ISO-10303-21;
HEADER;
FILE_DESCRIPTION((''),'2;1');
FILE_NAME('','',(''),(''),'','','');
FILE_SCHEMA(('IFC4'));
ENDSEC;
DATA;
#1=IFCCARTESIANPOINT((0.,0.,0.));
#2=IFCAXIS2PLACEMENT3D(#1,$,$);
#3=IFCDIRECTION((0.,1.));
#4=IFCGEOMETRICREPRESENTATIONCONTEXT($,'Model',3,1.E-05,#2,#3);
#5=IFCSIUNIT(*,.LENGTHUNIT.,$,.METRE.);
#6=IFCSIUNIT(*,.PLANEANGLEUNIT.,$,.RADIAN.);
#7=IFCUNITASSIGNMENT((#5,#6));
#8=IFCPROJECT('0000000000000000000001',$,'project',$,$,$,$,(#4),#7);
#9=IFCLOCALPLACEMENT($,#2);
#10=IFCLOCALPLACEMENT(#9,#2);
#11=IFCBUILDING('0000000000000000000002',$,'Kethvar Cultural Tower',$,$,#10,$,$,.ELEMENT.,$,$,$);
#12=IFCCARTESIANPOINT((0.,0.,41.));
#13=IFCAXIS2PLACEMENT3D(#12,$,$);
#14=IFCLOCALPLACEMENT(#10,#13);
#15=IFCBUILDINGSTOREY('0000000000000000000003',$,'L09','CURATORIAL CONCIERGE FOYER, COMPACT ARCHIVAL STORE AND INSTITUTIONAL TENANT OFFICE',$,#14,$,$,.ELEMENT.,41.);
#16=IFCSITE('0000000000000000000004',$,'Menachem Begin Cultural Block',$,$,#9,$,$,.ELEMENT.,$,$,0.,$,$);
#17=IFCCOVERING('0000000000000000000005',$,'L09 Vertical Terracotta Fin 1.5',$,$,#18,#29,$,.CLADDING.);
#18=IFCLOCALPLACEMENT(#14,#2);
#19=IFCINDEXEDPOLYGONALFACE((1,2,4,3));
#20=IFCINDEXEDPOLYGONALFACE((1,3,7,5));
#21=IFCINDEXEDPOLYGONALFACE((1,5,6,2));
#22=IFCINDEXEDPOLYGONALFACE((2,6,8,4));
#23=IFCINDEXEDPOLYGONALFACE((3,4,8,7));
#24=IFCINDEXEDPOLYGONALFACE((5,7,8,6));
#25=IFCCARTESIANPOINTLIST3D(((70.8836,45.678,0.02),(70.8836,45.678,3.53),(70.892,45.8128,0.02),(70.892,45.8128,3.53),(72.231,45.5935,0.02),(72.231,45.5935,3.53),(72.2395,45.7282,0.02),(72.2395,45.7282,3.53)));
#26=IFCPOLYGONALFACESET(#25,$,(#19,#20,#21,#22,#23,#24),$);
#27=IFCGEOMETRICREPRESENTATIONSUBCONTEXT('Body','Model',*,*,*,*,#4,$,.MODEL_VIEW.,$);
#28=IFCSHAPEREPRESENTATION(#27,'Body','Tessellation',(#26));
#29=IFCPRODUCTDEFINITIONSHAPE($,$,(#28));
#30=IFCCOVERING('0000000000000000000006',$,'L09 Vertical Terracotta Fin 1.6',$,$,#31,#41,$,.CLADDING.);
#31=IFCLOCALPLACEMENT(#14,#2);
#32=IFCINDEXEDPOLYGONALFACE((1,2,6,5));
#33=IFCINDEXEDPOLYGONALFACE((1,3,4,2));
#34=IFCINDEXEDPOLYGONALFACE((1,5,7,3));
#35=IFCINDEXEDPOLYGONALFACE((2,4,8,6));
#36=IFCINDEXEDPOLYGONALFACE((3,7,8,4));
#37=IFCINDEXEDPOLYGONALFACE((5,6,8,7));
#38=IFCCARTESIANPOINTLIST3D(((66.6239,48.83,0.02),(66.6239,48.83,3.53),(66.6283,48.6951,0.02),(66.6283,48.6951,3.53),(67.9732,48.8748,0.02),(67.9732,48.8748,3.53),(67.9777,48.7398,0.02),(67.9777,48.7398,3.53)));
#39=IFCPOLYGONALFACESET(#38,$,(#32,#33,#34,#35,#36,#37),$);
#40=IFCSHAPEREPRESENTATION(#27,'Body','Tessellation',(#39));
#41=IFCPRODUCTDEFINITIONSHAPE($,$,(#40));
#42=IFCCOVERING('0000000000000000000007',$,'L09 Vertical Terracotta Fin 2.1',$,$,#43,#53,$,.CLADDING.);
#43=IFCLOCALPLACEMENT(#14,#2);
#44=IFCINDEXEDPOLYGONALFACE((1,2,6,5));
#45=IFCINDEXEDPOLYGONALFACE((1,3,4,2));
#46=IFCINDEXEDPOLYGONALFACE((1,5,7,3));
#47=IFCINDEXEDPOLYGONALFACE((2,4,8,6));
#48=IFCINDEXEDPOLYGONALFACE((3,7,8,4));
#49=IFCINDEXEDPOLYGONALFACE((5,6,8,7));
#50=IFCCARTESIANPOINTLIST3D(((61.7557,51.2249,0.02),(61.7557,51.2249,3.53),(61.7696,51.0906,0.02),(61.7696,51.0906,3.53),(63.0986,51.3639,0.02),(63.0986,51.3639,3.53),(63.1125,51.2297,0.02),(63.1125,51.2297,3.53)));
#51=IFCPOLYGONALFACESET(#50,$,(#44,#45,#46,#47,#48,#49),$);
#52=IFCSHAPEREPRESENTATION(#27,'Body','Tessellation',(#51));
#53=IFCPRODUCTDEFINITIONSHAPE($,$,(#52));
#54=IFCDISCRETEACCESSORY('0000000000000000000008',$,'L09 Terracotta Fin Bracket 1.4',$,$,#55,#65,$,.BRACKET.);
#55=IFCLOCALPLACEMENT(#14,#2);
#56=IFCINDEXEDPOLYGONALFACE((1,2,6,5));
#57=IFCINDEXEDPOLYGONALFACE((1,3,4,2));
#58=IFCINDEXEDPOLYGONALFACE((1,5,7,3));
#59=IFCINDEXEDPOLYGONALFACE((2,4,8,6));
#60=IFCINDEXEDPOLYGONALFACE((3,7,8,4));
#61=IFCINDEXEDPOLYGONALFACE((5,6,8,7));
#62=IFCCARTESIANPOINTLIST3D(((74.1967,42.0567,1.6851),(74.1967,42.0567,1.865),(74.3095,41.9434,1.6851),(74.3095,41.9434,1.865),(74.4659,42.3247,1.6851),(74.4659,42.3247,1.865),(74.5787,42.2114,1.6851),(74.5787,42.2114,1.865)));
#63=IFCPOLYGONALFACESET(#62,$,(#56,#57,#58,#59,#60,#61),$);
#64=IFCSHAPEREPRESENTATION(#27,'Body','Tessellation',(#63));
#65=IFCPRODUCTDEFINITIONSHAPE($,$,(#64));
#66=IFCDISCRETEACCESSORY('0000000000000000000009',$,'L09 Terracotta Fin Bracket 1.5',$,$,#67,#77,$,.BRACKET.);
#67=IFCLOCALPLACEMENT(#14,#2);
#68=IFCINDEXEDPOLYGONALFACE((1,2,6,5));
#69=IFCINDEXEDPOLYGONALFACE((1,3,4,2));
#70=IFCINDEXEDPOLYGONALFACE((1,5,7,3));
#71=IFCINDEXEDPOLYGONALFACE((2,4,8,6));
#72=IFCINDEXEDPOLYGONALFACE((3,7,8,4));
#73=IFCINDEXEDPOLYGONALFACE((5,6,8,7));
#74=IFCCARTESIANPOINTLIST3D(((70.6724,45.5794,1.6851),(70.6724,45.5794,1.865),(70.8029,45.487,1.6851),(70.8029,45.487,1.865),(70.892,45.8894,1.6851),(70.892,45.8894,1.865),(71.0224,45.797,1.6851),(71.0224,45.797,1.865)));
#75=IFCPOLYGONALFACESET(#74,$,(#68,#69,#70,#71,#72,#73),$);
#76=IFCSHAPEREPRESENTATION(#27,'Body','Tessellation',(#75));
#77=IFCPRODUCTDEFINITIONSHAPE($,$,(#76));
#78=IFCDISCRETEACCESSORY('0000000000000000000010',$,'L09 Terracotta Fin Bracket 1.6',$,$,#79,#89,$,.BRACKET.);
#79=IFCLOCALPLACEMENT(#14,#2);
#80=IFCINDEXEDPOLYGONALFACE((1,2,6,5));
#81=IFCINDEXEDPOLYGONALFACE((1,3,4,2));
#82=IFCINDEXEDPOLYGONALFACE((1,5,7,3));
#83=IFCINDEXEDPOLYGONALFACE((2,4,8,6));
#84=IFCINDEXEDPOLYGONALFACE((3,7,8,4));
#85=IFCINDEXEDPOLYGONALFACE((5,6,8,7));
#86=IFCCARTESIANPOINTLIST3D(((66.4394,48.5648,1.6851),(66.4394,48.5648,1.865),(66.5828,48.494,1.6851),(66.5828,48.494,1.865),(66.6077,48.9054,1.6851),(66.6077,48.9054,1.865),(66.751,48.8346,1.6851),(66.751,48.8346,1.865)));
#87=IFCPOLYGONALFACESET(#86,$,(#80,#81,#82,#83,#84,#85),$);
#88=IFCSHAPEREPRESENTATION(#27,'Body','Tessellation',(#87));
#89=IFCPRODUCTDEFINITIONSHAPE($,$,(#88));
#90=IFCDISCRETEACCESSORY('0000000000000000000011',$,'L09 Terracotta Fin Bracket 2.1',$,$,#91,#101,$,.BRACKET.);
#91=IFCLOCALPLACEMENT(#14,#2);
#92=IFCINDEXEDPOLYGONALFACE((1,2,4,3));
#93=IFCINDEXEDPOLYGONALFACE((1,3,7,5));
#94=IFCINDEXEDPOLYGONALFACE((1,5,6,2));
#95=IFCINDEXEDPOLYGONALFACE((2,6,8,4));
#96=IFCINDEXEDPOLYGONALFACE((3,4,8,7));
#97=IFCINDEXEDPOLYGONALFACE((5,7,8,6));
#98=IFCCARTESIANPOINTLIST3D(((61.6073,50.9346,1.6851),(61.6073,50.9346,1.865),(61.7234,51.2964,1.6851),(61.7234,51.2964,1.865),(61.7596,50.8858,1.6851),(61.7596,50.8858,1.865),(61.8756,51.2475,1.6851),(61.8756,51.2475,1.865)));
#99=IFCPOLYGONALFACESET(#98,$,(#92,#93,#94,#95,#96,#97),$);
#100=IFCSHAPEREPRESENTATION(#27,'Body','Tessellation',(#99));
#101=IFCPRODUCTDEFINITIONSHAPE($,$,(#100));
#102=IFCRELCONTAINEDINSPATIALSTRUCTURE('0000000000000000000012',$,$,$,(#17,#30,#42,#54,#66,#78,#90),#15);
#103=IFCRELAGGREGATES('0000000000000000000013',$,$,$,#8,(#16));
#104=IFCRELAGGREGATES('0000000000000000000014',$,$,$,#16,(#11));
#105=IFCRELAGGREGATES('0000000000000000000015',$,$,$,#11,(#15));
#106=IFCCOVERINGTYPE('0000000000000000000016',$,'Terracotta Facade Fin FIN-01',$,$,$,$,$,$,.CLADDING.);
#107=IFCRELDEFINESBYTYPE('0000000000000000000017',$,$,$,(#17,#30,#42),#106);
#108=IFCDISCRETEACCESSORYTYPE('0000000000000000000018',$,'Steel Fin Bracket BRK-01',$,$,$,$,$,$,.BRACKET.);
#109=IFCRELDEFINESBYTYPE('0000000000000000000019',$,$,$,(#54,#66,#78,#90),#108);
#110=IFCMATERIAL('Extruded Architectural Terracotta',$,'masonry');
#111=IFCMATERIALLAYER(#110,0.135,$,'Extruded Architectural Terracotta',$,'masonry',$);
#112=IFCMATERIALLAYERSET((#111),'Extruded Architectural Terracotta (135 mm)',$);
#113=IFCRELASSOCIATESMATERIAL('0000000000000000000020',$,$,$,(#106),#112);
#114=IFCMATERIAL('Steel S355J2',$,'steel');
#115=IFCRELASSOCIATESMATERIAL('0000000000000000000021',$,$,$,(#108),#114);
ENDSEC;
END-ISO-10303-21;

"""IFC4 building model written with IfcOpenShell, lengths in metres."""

from ifc_helpers import new_model, si_unit, direction, frame, origin, origin_2d, place, context, subcontext, project, spatial, rectangle, extrude, source, transform, mapped, material, layer, layer_set, type_object, element, save


model = new_model("IFC4")

# Units and contexts
model_context = context("Model", 3, precision=1e-05, world=origin(), true_north=direction((0.0, 1.0)))
body_context = subcontext(model_context, "Body", "Model", "MODEL_VIEW")
ifc_project = project(units=[si_unit("LENGTHUNIT", "METRE"), si_unit("PLANEANGLEUNIT", "RADIAN")], contexts=[model_context])

# Site, building, storey
site_placement = place(None, origin())
site = spatial("IfcSite", under=ifc_project, at=site_placement, Name="Menachem Begin Cultural Block", CompositionType="ELEMENT", RefElevation=0.0)
building_placement = place(site_placement, origin())
building = spatial("IfcBuilding", under=site, at=building_placement, Name="Kethvar Cultural Tower", CompositionType="ELEMENT")
storey_placement = place(building_placement, frame((0.0, 0.0, 41.0)))
storey = spatial("IfcBuildingStorey", under=building, at=storey_placement, Name="L09", Description="CURATORIAL CONCIERGE FOYER, COMPACT ARCHIVAL STORE AND INSTITUTIONAL TENANT OFFICE", CompositionType="ELEMENT", Elevation=41.0)

# Shared definitions
ifc_material_1 = material(Name="Steel S355J2", Category="steel")

# Coverings
ifc_material_2 = material(Name="Extruded Architectural Terracotta", Category="masonry")
ifc_layer_1 = layer(ifc_material_2, 0.135, Name="Extruded Architectural Terracotta", Category="masonry")
ifc_layer_set_1 = layer_set([ifc_layer_1], Name="Extruded Architectural Terracotta (135 mm)")
covering_type = type_object("IfcCoveringType", Name="Terracotta Facade Fin FIN-01", PredefinedType="CLADDING", material=ifc_layer_set_1)
shared_shape_1 = source(origin(), body_context, "Body", "SweptSolid", [
    extrude(rectangle(XDim=1.3501, YDim=0.135, at=origin_2d()), origin(), (0.0, 0.0, 1.0), 3.51),
])
for number, where, z_axis, x_axis, name in (
    (1, (71.5615, 45.7031, 0.02), (0.0, 0.0, 1.0), (0.998038, -0.062616, 0.0), "L09 Vertical Terracotta Fin 1.5"),
    (2, (67.3008, 48.7849, 0.02), (0.0, 0.0, 1.0), (0.99945, 0.033155, 0.0), "L09 Vertical Terracotta Fin 1.6"),
    (3, (62.4341, 51.2273, 0.02), (0.0, 0.0, 1.0), (0.994685, 0.102966, 0.0), "L09 Vertical Terracotta Fin 2.1"),
):
    element("IfcCovering", number, at=place(storey_placement, frame(where, z_axis=z_axis, x_axis=x_axis)), inside=storey, type_object=covering_type, Name=name, PredefinedType="CLADDING", context=body_context, shape_type="MappedRepresentation", body=[
        mapped(shared_shape_1, transform((0.0, 0.0, 0.0), scale=1.0)),
    ])

# Discrete accessories
discrete_accessory_type = type_object("IfcDiscreteAccessoryType", Name="Steel Fin Bracket BRK-01", PredefinedType="BRACKET", material=ifc_material_1)
shared_shape_2 = source(origin(), body_context, "Body", "SweptSolid", [
    extrude(rectangle(XDim=0.3799, YDim=0.1599, at=origin_2d()), origin(), (0.0, 0.0, 1.0), 0.1799),
])
for number, where, z_axis, x_axis, name in (
    (4, (74.3877, 42.134, 1.6851), (0.0, 0.0, 1.0), (0.708586, 0.705624, 0.0), "L09 Terracotta Fin Bracket 1.4"),
    (5, (70.8474, 45.6882, 1.6851), (0.0, 0.0, 1.0), (0.578, 0.816037, 0.0), "L09 Terracotta Fin Bracket 1.5"),
    (6, (66.5952, 48.6997, 1.6851), (0.0, 0.0, 1.0), (0.442915, 0.896564, 0.0), "L09 Terracotta Fin Bracket 1.6"),
    (7, (61.7415, 51.0911, 1.6851), (0.0, 0.0, 1.0), (0.305529, 0.952183, 0.0), "L09 Terracotta Fin Bracket 2.1"),
):
    element("IfcDiscreteAccessory", number, at=place(storey_placement, frame(where, z_axis=z_axis, x_axis=x_axis)), inside=storey, type_object=discrete_accessory_type, Name=name, PredefinedType="BRACKET", context=body_context, shape_type="MappedRepresentation", body=[
        mapped(shared_shape_2, transform((0.0, 0.0, 0.0), scale=1.0)),
    ])

save(model, "model.ifc")
